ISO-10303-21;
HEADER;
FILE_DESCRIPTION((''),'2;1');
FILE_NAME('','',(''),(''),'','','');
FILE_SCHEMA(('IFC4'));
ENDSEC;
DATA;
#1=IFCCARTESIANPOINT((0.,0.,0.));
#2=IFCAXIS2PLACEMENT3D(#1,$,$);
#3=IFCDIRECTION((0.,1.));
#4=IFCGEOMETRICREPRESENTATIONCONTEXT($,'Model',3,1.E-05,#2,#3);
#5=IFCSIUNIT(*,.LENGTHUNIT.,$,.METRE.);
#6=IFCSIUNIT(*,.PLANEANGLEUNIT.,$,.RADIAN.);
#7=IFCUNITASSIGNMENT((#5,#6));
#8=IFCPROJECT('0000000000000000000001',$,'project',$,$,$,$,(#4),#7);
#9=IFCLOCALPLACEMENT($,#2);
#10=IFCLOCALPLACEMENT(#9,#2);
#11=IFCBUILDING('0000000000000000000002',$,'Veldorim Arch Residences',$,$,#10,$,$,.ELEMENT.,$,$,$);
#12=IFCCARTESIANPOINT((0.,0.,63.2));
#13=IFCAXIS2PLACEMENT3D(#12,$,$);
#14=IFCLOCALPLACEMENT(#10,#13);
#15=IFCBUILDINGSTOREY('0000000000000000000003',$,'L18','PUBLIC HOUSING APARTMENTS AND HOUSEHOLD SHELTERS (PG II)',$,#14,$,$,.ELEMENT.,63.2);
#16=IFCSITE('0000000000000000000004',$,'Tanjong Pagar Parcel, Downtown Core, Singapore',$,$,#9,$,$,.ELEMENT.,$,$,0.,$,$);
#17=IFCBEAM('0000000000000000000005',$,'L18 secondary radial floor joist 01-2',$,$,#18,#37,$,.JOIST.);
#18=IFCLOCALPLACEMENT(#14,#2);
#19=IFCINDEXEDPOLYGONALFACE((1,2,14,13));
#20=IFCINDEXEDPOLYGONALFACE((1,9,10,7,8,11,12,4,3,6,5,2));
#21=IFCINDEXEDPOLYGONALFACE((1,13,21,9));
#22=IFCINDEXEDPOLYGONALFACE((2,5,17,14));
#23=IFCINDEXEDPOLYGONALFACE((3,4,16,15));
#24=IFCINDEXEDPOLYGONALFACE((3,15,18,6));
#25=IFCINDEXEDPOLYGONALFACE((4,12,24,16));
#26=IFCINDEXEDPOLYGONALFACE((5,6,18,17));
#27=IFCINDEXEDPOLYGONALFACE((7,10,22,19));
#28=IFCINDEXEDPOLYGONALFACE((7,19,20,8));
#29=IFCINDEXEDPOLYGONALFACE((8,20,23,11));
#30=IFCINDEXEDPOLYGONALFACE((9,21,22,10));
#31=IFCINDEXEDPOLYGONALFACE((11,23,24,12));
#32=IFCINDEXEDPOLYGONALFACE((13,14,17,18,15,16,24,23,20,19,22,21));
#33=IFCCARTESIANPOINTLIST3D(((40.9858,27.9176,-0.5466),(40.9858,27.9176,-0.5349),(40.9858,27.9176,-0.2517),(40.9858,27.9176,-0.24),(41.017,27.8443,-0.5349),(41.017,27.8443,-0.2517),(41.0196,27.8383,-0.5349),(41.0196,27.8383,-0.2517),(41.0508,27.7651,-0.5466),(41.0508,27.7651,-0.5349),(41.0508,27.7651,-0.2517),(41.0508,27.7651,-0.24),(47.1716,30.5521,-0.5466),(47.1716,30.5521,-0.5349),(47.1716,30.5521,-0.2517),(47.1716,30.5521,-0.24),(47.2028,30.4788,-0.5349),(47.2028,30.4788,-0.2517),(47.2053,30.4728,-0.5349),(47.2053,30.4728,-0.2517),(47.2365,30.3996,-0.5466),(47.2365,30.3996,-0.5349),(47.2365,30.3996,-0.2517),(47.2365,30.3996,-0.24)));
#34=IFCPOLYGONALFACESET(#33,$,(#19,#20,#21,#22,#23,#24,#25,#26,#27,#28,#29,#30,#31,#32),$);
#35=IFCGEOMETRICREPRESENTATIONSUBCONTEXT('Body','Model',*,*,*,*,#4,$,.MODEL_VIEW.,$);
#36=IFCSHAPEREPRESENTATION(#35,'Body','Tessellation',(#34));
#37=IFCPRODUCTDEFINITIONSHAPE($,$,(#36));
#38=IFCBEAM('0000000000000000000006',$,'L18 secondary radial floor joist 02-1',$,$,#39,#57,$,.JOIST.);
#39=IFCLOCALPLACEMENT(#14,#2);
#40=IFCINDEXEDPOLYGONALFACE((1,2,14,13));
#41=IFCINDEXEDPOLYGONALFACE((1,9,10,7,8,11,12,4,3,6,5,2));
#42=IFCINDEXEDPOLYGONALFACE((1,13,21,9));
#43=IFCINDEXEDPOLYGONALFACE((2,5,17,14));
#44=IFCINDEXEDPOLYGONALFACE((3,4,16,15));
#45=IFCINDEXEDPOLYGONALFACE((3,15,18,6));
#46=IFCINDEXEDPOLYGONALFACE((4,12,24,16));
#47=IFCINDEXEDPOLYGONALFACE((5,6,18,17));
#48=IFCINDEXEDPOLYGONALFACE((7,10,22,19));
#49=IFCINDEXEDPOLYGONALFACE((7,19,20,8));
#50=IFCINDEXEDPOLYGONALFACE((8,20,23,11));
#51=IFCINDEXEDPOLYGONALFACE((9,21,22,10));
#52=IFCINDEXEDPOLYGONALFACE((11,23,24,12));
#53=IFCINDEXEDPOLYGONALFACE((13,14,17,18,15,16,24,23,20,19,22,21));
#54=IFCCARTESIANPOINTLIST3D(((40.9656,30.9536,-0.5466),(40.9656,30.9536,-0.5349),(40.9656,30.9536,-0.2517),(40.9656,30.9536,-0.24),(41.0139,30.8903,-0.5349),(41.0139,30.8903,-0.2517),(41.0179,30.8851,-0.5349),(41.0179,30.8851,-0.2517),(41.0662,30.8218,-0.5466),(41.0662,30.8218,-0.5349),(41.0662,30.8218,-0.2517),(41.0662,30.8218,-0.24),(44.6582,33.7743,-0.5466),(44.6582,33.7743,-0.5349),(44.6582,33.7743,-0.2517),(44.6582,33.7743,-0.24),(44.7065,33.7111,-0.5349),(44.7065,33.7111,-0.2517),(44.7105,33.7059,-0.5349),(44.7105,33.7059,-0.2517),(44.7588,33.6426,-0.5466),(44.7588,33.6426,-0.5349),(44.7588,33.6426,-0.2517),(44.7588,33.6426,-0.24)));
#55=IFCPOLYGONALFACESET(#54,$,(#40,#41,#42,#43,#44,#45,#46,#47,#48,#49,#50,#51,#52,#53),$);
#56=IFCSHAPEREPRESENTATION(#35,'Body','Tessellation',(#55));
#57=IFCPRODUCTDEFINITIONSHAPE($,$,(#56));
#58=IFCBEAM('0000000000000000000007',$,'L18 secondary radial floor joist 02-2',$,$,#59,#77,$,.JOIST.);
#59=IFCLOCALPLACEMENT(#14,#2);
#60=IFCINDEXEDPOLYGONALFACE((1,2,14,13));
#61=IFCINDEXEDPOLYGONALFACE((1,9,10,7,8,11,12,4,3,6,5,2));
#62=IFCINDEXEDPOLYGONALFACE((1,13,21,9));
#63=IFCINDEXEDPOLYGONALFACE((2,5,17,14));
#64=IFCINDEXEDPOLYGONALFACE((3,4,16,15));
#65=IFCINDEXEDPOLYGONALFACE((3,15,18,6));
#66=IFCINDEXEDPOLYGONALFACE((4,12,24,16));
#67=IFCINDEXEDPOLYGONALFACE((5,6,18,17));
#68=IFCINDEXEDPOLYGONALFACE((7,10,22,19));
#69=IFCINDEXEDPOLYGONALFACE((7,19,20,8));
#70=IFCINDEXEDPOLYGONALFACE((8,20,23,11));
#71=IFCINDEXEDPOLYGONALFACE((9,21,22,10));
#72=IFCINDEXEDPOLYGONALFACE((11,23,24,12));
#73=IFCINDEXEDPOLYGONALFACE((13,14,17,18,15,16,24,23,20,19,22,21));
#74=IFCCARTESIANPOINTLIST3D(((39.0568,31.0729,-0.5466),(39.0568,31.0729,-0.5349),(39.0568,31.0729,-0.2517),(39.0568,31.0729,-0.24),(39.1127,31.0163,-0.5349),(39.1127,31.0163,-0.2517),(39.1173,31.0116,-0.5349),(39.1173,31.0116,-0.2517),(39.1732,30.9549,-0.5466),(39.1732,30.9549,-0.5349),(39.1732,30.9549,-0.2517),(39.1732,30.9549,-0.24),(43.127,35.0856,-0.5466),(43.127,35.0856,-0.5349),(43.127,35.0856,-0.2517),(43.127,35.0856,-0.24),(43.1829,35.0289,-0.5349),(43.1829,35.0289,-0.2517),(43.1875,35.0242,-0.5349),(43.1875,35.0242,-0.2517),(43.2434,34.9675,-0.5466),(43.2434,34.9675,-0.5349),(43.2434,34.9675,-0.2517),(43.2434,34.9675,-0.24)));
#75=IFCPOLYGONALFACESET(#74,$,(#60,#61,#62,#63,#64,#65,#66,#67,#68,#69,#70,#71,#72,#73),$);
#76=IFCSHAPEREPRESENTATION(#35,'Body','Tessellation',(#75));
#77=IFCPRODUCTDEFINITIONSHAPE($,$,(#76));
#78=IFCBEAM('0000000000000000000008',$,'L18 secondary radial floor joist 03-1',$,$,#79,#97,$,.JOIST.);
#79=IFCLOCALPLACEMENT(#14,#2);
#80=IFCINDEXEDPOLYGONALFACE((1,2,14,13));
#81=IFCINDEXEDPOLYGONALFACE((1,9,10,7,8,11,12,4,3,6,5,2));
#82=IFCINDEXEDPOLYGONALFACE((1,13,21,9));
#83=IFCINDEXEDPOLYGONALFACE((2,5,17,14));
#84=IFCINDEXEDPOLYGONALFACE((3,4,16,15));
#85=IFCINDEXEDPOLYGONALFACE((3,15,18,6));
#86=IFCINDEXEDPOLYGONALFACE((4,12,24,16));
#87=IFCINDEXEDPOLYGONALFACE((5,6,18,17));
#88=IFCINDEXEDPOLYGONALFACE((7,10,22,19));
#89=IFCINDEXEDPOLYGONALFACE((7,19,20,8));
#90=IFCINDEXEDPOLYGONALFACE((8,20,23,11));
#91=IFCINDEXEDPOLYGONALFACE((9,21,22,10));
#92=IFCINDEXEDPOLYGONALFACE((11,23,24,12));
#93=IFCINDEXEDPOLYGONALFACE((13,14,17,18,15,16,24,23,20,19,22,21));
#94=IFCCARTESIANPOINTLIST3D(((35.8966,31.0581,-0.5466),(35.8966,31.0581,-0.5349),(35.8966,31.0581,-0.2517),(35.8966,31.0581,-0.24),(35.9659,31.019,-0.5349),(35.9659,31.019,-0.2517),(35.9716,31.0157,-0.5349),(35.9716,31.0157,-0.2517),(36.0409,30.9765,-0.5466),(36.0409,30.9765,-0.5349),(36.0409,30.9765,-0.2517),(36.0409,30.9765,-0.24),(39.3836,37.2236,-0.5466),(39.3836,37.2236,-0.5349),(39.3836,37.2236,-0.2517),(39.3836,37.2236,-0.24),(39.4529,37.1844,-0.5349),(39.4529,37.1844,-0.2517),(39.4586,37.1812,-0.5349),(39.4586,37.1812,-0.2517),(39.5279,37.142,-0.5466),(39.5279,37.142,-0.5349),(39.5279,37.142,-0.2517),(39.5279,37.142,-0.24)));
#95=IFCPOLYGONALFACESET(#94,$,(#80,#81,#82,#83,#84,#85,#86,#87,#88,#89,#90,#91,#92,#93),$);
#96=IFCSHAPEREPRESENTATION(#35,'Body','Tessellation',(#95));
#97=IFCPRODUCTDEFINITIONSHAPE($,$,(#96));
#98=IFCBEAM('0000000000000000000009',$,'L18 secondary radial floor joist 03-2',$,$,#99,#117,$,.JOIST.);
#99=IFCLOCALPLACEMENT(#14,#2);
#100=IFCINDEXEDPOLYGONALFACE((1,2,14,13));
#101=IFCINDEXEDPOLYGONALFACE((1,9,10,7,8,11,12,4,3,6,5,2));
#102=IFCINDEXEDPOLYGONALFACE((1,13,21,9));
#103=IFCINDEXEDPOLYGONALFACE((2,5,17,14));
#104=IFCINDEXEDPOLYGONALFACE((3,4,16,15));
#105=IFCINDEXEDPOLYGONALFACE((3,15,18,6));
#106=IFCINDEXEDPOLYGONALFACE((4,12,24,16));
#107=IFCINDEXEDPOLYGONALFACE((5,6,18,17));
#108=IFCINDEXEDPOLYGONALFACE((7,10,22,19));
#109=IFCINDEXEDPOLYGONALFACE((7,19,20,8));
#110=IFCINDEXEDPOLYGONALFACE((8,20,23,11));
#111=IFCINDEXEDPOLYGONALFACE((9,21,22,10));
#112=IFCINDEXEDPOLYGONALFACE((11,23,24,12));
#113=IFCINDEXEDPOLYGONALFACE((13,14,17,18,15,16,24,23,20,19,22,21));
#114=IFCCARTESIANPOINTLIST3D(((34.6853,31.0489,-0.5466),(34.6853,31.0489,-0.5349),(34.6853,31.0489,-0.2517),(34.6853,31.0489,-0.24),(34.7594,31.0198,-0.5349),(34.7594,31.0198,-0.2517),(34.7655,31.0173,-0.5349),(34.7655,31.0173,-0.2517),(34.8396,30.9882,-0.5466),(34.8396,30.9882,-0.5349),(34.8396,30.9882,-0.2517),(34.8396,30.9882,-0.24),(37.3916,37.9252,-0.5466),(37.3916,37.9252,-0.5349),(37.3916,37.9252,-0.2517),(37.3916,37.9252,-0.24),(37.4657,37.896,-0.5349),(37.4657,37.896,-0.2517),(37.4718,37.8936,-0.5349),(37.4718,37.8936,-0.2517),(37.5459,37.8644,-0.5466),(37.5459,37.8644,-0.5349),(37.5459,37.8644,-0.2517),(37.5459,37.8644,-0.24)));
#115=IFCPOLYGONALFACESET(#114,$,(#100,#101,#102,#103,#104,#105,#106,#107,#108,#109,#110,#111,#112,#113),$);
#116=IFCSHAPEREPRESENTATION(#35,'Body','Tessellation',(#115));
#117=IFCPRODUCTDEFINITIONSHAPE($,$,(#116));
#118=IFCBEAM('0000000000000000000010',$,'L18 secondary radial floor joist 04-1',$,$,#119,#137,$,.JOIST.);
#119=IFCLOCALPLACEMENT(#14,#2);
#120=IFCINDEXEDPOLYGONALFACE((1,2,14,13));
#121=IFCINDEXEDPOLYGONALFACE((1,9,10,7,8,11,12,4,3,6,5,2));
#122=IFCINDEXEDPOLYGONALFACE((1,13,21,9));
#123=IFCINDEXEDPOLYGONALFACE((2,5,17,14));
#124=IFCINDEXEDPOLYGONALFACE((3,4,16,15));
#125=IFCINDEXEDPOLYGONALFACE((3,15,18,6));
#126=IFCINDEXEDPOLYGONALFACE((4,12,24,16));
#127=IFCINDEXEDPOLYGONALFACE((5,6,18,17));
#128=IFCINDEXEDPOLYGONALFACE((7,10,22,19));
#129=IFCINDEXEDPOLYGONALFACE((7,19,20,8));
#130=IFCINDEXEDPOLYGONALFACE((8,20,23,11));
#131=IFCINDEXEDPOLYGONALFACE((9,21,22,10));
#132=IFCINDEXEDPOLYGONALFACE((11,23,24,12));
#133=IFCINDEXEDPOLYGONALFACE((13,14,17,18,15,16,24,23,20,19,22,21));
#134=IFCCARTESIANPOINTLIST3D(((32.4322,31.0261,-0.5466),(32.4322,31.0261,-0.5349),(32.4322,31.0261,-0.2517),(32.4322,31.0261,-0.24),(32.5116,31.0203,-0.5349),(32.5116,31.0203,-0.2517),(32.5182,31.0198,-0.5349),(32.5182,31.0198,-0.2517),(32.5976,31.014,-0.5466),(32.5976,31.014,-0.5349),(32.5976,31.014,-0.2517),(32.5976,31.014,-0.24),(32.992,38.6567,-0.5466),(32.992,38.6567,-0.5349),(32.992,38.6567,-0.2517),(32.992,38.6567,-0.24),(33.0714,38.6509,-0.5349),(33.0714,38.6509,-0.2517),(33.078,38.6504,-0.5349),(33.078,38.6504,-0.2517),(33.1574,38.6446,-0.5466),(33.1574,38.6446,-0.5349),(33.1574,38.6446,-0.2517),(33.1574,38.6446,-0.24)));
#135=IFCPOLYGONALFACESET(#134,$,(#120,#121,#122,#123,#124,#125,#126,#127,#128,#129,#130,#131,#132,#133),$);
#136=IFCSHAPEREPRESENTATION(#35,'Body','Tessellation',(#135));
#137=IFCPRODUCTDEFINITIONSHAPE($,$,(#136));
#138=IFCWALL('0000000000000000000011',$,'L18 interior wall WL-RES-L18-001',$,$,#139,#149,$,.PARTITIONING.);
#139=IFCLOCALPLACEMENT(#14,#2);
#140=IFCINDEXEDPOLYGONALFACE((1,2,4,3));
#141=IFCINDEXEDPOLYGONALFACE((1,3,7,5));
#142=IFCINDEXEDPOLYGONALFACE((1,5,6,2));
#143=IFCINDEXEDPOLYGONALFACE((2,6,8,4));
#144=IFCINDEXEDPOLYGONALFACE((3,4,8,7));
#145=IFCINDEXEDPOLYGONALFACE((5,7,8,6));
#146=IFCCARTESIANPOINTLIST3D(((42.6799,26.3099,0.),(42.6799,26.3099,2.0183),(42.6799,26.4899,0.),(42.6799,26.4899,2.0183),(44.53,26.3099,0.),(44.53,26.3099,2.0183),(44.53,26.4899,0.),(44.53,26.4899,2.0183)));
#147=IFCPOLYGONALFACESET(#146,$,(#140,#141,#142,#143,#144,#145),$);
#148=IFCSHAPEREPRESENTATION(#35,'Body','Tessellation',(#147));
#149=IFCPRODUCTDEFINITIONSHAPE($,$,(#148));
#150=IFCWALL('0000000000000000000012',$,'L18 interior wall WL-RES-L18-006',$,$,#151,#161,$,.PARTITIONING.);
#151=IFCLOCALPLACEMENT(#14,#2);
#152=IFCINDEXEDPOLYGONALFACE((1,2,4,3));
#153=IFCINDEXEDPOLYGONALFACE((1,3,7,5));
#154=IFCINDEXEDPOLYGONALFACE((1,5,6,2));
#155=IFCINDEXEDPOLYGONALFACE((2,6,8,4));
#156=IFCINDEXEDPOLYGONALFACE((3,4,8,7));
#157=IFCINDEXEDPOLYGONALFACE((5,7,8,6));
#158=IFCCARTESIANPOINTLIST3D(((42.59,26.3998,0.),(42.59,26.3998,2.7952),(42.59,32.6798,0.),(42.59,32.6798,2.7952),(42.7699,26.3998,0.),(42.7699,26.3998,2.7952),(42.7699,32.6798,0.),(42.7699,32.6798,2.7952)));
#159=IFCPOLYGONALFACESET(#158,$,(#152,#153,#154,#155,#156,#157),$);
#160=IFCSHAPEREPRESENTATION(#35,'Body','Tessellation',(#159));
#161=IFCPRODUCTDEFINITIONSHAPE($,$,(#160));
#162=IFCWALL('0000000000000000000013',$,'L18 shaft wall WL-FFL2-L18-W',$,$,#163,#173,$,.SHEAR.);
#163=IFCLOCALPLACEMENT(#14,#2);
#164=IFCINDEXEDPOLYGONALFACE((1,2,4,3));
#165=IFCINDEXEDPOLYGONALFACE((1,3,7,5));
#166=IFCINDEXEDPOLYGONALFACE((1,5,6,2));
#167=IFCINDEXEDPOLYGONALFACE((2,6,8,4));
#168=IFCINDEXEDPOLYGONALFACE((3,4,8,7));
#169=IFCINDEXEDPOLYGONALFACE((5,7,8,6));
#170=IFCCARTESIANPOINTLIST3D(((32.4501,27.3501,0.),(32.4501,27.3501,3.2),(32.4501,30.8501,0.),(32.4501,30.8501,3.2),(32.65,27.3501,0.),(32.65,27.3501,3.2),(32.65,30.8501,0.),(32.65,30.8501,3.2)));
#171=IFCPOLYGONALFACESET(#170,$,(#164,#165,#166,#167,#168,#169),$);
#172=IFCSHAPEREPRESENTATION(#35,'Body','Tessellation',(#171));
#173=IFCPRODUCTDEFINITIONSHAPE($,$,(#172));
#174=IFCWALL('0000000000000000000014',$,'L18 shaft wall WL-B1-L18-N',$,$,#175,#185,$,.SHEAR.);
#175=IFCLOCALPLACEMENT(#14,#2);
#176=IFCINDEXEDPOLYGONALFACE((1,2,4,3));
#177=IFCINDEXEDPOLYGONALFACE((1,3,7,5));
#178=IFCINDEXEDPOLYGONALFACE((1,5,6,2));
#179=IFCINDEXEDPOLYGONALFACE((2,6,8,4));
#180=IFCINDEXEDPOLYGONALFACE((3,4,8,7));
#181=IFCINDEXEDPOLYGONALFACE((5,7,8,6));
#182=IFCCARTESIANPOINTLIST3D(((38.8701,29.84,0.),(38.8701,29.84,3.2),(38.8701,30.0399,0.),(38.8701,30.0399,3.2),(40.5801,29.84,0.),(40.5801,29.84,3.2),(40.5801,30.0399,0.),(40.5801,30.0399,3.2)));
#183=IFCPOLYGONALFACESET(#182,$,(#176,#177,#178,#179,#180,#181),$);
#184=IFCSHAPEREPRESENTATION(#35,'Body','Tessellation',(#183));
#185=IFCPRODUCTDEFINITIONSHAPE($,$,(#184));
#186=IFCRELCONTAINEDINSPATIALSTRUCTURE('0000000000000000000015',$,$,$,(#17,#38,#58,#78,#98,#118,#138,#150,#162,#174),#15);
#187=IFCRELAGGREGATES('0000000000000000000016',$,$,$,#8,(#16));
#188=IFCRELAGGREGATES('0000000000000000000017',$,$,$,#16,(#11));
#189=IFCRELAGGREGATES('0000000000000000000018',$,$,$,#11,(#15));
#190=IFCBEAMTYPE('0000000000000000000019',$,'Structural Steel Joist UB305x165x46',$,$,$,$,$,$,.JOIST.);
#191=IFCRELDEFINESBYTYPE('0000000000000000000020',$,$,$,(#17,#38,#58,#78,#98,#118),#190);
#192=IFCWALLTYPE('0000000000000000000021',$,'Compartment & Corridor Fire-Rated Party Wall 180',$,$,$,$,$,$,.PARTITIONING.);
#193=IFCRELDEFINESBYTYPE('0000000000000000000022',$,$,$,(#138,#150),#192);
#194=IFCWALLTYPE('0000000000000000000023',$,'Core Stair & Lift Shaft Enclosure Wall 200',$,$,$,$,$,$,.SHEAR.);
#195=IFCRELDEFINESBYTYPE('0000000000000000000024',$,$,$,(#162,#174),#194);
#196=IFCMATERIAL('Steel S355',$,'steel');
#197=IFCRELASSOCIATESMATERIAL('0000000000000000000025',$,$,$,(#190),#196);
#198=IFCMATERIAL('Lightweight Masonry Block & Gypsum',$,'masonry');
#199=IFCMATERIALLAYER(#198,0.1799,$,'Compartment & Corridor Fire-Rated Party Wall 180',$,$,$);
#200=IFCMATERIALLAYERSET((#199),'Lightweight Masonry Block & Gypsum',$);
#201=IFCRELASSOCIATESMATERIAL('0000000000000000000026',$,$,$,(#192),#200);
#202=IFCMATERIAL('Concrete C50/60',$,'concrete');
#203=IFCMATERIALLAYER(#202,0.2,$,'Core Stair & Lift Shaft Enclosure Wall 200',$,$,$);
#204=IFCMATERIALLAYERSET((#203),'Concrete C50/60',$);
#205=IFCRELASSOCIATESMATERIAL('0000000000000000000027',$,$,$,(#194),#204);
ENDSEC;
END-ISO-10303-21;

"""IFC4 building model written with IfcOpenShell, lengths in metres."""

from ifc_helpers import new_model, si_unit, direction, frame, frame_2d, origin, origin_2d, place, context, subcontext, project, spatial, rectangle, i_section, extrude, material, layer, layer_set, material_profile, profile_set, type_object, element, save


model = new_model("IFC4")

# Units and contexts
model_context = context("Model", 3, precision=1e-05, world=origin(), true_north=direction((0.0, 1.0)))
body_context = subcontext(model_context, "Body", "Model", "MODEL_VIEW")
ifc_project = project(units=[si_unit("LENGTHUNIT", "METRE"), si_unit("PLANEANGLEUNIT", "RADIAN")], contexts=[model_context])

# Site, building, storey
site_placement = place(None, origin())
site = spatial("IfcSite", under=ifc_project, at=site_placement, Name="Tanjong Pagar Parcel, Downtown Core, Singapore", CompositionType="ELEMENT", RefElevation=0.0)
building_placement = place(site_placement, origin())
building = spatial("IfcBuilding", under=site, at=building_placement, Name="Veldorim Arch Residences", CompositionType="ELEMENT")
storey_placement = place(building_placement, frame((0.0, 0.0, 63.2)))
storey = spatial("IfcBuildingStorey", under=building, at=storey_placement, Name="L18", Description="PUBLIC HOUSING APARTMENTS AND HOUSEHOLD SHELTERS (PG II)", CompositionType="ELEMENT", Elevation=63.2)

# Beams
ifc_material_1 = material(Name="Steel S355", Category="steel")
ifc_material_profile_1 = material_profile(ifc_material_1, i_section(OverallWidth=0.1658, OverallDepth=0.3066, WebThickness=0.0066, FlangeThickness=0.0117, at=origin_2d()), Name="UB305x165x46")
ifc_profile_set_1 = profile_set([ifc_material_profile_1], Name="Steel S355")
beam_type_1 = type_object("IfcBeamType", Name="Structural Steel Joist UB305x165x46", PredefinedType="JOIST", material=ifc_profile_set_1)
beam_1_placement = place(storey_placement, frame((41.0183, 27.8413, -0.3933), z_axis=(0.920033, 0.391841, 0.0), x_axis=(-0.391841, 0.920033, 0.0)))
element("IfcBeam", 1, at=beam_1_placement, inside=storey, type_object=beam_type_1, Name="L18 secondary radial floor joist 01-2", PredefinedType="JOIST", context=body_context, shape_type="SweptSolid", body=[
    extrude(i_section(OverallWidth=0.1658, OverallDepth=0.3066, WebThickness=0.0066, FlangeThickness=0.0117, at=origin_2d()), origin(), (0.0, 0.0, 1.0), 6.7234),
])
beam_2_placement = place(storey_placement, frame((41.0159, 30.8877, -0.3933), z_axis=(0.794666, 0.607046, 0.0), x_axis=(-0.607046, 0.794666, 0.0)))
element("IfcBeam", 2, at=beam_2_placement, inside=storey, type_object=beam_type_1, Name="L18 secondary radial floor joist 02-1", PredefinedType="JOIST", context=body_context, shape_type="SweptSolid", body=[
    extrude(i_section(OverallWidth=0.1658, OverallDepth=0.3066, WebThickness=0.0066, FlangeThickness=0.0117, at=origin_2d()), origin(), (0.0, 0.0, 1.0), 4.6467),
])
beam_3_placement = place(storey_placement, frame((39.115, 31.0139, -0.3933), z_axis=(0.712129, 0.702049, 0.0), x_axis=(-0.702049, 0.712129, 0.0)))
element("IfcBeam", 3, at=beam_3_placement, inside=storey, type_object=beam_type_1, Name="L18 secondary radial floor joist 02-2", PredefinedType="JOIST", context=body_context, shape_type="SweptSolid", body=[
    extrude(i_section(OverallWidth=0.1658, OverallDepth=0.3066, WebThickness=0.0066, FlangeThickness=0.0117, at=origin_2d()), origin(), (0.0, 0.0, 1.0), 5.7156),
])
beam_4_placement = place(storey_placement, frame((35.9688, 31.0173, -0.3933), z_axis=(0.492292, 0.87043, 0.0), x_axis=(-0.87043, 0.492292, 0.0)))
element("IfcBeam", 4, at=beam_4_placement, inside=storey, type_object=beam_type_1, Name="L18 secondary radial floor joist 03-1", PredefinedType="JOIST", context=body_context, shape_type="SweptSolid", body=[
    extrude(i_section(OverallWidth=0.1658, OverallDepth=0.3066, WebThickness=0.0066, FlangeThickness=0.0117, at=origin_2d()), origin(), (0.0, 0.0, 1.0), 7.0833),
])
beam_5_placement = place(storey_placement, frame((34.7625, 31.0186, -0.3933), z_axis=(0.36623, 0.930524, 0.0), x_axis=(-0.930524, 0.36623, 0.0)))
element("IfcBeam", 5, at=beam_5_placement, inside=storey, type_object=beam_type_1, Name="L18 secondary radial floor joist 03-2", PredefinedType="JOIST", context=body_context, shape_type="SweptSolid", body=[
    extrude(i_section(OverallWidth=0.1658, OverallDepth=0.3066, WebThickness=0.0066, FlangeThickness=0.0117, at=origin_2d()), origin(), (0.0, 0.0, 1.0), 7.3896),
])
beam_6_placement = place(storey_placement, frame((32.5149, 31.02, -0.3933), z_axis=(0.073168, 0.99732, 0.0), x_axis=(-0.99732, 0.073168, 0.0)))
element("IfcBeam", 6, at=beam_6_placement, inside=storey, type_object=beam_type_1, Name="L18 secondary radial floor joist 04-1", PredefinedType="JOIST", context=body_context, shape_type="SweptSolid", body=[
    extrude(i_section(OverallWidth=0.1658, OverallDepth=0.3066, WebThickness=0.0066, FlangeThickness=0.0117, at=origin_2d()), origin(), (0.0, 0.0, 1.0), 7.6511),
])

# Walls
ifc_material_2 = material(Name="Lightweight Masonry Block & Gypsum", Category="masonry")
ifc_layer_1 = layer(ifc_material_2, 0.1799, Name="Compartment & Corridor Fire-Rated Party Wall 180")
ifc_layer_set_1 = layer_set([ifc_layer_1], Name="Lightweight Masonry Block & Gypsum")
wall_type_1 = type_object("IfcWallType", Name="Compartment & Corridor Fire-Rated Party Wall 180", PredefinedType="PARTITIONING", material=ifc_layer_set_1)
wall_1_placement = place(storey_placement, frame((42.6799, 26.3999, 0.0), z_axis=(0.0, 0.0, 1.0), x_axis=(1.0, 0.0, 0.0)))
element("IfcWall", 7, at=wall_1_placement, inside=storey, type_object=wall_type_1, Name="L18 interior wall WL-RES-L18-001", PredefinedType="PARTITIONING", context=body_context, shape_type="SweptSolid", body=[
    extrude(rectangle(XDim=1.8501, YDim=0.1799, at=frame_2d((0.925, 0.0))), origin(), (0.0, 0.0, 1.0), 2.0183),
])
wall_2_placement = place(storey_placement, frame((42.6799, 32.6799, 0.0), z_axis=(0.0, 0.0, 1.0), x_axis=(0.0, -1.0, 0.0)))
element("IfcWall", 8, at=wall_2_placement, inside=storey, type_object=wall_type_1, Name="L18 interior wall WL-RES-L18-006", PredefinedType="PARTITIONING", context=body_context, shape_type="SweptSolid", body=[
    extrude(rectangle(XDim=6.28, YDim=0.1799, at=frame_2d((3.1401, 0.0))), origin(), (0.0, 0.0, 1.0), 2.7952),
])

# Shared definitions
ifc_material_3 = material(Name="Concrete C50/60", Category="concrete")
ifc_layer_2 = layer(ifc_material_3, 0.2, Name="Core Stair & Lift Shaft Enclosure Wall 200")
ifc_layer_set_2 = layer_set([ifc_layer_2], Name="Concrete C50/60")
wall_type_2 = type_object("IfcWallType", Name="Core Stair & Lift Shaft Enclosure Wall 200", PredefinedType="SHEAR", material=ifc_layer_set_2)

# Walls
wall_3_placement = place(storey_placement, frame((32.55, 27.3501, 0.0), z_axis=(0.0, 0.0, 1.0), x_axis=(0.0, 1.0, 0.0)))
element("IfcWall", 9, at=wall_3_placement, inside=storey, type_object=wall_type_2, Name="L18 shaft wall WL-FFL2-L18-W", PredefinedType="SHEAR", context=body_context, shape_type="SweptSolid", body=[
    extrude(rectangle(XDim=3.5, YDim=0.2, at=frame_2d((1.75, 0.0))), origin(), (0.0, 0.0, 1.0), 3.2),
])
for number, where, z_axis, x_axis, name in (
    (10, (38.8701, 29.9399, 0.0), (0.0, 0.0, 1.0), (1.0, 0.0, 0.0), "L18 shaft wall WL-B1-L18-N"),
):
    element("IfcWall", number, at=place(storey_placement, frame(where, z_axis=z_axis, x_axis=x_axis)), inside=storey, type_object=wall_type_2, Name=name, PredefinedType="SHEAR", context=body_context, shape_type="SweptSolid", body=[
        extrude(rectangle(XDim=1.71, YDim=0.2, at=frame_2d((0.855, 0.0))), origin(), (0.0, 0.0, 1.0), 3.2),
    ])

save(model, "model.ifc")
